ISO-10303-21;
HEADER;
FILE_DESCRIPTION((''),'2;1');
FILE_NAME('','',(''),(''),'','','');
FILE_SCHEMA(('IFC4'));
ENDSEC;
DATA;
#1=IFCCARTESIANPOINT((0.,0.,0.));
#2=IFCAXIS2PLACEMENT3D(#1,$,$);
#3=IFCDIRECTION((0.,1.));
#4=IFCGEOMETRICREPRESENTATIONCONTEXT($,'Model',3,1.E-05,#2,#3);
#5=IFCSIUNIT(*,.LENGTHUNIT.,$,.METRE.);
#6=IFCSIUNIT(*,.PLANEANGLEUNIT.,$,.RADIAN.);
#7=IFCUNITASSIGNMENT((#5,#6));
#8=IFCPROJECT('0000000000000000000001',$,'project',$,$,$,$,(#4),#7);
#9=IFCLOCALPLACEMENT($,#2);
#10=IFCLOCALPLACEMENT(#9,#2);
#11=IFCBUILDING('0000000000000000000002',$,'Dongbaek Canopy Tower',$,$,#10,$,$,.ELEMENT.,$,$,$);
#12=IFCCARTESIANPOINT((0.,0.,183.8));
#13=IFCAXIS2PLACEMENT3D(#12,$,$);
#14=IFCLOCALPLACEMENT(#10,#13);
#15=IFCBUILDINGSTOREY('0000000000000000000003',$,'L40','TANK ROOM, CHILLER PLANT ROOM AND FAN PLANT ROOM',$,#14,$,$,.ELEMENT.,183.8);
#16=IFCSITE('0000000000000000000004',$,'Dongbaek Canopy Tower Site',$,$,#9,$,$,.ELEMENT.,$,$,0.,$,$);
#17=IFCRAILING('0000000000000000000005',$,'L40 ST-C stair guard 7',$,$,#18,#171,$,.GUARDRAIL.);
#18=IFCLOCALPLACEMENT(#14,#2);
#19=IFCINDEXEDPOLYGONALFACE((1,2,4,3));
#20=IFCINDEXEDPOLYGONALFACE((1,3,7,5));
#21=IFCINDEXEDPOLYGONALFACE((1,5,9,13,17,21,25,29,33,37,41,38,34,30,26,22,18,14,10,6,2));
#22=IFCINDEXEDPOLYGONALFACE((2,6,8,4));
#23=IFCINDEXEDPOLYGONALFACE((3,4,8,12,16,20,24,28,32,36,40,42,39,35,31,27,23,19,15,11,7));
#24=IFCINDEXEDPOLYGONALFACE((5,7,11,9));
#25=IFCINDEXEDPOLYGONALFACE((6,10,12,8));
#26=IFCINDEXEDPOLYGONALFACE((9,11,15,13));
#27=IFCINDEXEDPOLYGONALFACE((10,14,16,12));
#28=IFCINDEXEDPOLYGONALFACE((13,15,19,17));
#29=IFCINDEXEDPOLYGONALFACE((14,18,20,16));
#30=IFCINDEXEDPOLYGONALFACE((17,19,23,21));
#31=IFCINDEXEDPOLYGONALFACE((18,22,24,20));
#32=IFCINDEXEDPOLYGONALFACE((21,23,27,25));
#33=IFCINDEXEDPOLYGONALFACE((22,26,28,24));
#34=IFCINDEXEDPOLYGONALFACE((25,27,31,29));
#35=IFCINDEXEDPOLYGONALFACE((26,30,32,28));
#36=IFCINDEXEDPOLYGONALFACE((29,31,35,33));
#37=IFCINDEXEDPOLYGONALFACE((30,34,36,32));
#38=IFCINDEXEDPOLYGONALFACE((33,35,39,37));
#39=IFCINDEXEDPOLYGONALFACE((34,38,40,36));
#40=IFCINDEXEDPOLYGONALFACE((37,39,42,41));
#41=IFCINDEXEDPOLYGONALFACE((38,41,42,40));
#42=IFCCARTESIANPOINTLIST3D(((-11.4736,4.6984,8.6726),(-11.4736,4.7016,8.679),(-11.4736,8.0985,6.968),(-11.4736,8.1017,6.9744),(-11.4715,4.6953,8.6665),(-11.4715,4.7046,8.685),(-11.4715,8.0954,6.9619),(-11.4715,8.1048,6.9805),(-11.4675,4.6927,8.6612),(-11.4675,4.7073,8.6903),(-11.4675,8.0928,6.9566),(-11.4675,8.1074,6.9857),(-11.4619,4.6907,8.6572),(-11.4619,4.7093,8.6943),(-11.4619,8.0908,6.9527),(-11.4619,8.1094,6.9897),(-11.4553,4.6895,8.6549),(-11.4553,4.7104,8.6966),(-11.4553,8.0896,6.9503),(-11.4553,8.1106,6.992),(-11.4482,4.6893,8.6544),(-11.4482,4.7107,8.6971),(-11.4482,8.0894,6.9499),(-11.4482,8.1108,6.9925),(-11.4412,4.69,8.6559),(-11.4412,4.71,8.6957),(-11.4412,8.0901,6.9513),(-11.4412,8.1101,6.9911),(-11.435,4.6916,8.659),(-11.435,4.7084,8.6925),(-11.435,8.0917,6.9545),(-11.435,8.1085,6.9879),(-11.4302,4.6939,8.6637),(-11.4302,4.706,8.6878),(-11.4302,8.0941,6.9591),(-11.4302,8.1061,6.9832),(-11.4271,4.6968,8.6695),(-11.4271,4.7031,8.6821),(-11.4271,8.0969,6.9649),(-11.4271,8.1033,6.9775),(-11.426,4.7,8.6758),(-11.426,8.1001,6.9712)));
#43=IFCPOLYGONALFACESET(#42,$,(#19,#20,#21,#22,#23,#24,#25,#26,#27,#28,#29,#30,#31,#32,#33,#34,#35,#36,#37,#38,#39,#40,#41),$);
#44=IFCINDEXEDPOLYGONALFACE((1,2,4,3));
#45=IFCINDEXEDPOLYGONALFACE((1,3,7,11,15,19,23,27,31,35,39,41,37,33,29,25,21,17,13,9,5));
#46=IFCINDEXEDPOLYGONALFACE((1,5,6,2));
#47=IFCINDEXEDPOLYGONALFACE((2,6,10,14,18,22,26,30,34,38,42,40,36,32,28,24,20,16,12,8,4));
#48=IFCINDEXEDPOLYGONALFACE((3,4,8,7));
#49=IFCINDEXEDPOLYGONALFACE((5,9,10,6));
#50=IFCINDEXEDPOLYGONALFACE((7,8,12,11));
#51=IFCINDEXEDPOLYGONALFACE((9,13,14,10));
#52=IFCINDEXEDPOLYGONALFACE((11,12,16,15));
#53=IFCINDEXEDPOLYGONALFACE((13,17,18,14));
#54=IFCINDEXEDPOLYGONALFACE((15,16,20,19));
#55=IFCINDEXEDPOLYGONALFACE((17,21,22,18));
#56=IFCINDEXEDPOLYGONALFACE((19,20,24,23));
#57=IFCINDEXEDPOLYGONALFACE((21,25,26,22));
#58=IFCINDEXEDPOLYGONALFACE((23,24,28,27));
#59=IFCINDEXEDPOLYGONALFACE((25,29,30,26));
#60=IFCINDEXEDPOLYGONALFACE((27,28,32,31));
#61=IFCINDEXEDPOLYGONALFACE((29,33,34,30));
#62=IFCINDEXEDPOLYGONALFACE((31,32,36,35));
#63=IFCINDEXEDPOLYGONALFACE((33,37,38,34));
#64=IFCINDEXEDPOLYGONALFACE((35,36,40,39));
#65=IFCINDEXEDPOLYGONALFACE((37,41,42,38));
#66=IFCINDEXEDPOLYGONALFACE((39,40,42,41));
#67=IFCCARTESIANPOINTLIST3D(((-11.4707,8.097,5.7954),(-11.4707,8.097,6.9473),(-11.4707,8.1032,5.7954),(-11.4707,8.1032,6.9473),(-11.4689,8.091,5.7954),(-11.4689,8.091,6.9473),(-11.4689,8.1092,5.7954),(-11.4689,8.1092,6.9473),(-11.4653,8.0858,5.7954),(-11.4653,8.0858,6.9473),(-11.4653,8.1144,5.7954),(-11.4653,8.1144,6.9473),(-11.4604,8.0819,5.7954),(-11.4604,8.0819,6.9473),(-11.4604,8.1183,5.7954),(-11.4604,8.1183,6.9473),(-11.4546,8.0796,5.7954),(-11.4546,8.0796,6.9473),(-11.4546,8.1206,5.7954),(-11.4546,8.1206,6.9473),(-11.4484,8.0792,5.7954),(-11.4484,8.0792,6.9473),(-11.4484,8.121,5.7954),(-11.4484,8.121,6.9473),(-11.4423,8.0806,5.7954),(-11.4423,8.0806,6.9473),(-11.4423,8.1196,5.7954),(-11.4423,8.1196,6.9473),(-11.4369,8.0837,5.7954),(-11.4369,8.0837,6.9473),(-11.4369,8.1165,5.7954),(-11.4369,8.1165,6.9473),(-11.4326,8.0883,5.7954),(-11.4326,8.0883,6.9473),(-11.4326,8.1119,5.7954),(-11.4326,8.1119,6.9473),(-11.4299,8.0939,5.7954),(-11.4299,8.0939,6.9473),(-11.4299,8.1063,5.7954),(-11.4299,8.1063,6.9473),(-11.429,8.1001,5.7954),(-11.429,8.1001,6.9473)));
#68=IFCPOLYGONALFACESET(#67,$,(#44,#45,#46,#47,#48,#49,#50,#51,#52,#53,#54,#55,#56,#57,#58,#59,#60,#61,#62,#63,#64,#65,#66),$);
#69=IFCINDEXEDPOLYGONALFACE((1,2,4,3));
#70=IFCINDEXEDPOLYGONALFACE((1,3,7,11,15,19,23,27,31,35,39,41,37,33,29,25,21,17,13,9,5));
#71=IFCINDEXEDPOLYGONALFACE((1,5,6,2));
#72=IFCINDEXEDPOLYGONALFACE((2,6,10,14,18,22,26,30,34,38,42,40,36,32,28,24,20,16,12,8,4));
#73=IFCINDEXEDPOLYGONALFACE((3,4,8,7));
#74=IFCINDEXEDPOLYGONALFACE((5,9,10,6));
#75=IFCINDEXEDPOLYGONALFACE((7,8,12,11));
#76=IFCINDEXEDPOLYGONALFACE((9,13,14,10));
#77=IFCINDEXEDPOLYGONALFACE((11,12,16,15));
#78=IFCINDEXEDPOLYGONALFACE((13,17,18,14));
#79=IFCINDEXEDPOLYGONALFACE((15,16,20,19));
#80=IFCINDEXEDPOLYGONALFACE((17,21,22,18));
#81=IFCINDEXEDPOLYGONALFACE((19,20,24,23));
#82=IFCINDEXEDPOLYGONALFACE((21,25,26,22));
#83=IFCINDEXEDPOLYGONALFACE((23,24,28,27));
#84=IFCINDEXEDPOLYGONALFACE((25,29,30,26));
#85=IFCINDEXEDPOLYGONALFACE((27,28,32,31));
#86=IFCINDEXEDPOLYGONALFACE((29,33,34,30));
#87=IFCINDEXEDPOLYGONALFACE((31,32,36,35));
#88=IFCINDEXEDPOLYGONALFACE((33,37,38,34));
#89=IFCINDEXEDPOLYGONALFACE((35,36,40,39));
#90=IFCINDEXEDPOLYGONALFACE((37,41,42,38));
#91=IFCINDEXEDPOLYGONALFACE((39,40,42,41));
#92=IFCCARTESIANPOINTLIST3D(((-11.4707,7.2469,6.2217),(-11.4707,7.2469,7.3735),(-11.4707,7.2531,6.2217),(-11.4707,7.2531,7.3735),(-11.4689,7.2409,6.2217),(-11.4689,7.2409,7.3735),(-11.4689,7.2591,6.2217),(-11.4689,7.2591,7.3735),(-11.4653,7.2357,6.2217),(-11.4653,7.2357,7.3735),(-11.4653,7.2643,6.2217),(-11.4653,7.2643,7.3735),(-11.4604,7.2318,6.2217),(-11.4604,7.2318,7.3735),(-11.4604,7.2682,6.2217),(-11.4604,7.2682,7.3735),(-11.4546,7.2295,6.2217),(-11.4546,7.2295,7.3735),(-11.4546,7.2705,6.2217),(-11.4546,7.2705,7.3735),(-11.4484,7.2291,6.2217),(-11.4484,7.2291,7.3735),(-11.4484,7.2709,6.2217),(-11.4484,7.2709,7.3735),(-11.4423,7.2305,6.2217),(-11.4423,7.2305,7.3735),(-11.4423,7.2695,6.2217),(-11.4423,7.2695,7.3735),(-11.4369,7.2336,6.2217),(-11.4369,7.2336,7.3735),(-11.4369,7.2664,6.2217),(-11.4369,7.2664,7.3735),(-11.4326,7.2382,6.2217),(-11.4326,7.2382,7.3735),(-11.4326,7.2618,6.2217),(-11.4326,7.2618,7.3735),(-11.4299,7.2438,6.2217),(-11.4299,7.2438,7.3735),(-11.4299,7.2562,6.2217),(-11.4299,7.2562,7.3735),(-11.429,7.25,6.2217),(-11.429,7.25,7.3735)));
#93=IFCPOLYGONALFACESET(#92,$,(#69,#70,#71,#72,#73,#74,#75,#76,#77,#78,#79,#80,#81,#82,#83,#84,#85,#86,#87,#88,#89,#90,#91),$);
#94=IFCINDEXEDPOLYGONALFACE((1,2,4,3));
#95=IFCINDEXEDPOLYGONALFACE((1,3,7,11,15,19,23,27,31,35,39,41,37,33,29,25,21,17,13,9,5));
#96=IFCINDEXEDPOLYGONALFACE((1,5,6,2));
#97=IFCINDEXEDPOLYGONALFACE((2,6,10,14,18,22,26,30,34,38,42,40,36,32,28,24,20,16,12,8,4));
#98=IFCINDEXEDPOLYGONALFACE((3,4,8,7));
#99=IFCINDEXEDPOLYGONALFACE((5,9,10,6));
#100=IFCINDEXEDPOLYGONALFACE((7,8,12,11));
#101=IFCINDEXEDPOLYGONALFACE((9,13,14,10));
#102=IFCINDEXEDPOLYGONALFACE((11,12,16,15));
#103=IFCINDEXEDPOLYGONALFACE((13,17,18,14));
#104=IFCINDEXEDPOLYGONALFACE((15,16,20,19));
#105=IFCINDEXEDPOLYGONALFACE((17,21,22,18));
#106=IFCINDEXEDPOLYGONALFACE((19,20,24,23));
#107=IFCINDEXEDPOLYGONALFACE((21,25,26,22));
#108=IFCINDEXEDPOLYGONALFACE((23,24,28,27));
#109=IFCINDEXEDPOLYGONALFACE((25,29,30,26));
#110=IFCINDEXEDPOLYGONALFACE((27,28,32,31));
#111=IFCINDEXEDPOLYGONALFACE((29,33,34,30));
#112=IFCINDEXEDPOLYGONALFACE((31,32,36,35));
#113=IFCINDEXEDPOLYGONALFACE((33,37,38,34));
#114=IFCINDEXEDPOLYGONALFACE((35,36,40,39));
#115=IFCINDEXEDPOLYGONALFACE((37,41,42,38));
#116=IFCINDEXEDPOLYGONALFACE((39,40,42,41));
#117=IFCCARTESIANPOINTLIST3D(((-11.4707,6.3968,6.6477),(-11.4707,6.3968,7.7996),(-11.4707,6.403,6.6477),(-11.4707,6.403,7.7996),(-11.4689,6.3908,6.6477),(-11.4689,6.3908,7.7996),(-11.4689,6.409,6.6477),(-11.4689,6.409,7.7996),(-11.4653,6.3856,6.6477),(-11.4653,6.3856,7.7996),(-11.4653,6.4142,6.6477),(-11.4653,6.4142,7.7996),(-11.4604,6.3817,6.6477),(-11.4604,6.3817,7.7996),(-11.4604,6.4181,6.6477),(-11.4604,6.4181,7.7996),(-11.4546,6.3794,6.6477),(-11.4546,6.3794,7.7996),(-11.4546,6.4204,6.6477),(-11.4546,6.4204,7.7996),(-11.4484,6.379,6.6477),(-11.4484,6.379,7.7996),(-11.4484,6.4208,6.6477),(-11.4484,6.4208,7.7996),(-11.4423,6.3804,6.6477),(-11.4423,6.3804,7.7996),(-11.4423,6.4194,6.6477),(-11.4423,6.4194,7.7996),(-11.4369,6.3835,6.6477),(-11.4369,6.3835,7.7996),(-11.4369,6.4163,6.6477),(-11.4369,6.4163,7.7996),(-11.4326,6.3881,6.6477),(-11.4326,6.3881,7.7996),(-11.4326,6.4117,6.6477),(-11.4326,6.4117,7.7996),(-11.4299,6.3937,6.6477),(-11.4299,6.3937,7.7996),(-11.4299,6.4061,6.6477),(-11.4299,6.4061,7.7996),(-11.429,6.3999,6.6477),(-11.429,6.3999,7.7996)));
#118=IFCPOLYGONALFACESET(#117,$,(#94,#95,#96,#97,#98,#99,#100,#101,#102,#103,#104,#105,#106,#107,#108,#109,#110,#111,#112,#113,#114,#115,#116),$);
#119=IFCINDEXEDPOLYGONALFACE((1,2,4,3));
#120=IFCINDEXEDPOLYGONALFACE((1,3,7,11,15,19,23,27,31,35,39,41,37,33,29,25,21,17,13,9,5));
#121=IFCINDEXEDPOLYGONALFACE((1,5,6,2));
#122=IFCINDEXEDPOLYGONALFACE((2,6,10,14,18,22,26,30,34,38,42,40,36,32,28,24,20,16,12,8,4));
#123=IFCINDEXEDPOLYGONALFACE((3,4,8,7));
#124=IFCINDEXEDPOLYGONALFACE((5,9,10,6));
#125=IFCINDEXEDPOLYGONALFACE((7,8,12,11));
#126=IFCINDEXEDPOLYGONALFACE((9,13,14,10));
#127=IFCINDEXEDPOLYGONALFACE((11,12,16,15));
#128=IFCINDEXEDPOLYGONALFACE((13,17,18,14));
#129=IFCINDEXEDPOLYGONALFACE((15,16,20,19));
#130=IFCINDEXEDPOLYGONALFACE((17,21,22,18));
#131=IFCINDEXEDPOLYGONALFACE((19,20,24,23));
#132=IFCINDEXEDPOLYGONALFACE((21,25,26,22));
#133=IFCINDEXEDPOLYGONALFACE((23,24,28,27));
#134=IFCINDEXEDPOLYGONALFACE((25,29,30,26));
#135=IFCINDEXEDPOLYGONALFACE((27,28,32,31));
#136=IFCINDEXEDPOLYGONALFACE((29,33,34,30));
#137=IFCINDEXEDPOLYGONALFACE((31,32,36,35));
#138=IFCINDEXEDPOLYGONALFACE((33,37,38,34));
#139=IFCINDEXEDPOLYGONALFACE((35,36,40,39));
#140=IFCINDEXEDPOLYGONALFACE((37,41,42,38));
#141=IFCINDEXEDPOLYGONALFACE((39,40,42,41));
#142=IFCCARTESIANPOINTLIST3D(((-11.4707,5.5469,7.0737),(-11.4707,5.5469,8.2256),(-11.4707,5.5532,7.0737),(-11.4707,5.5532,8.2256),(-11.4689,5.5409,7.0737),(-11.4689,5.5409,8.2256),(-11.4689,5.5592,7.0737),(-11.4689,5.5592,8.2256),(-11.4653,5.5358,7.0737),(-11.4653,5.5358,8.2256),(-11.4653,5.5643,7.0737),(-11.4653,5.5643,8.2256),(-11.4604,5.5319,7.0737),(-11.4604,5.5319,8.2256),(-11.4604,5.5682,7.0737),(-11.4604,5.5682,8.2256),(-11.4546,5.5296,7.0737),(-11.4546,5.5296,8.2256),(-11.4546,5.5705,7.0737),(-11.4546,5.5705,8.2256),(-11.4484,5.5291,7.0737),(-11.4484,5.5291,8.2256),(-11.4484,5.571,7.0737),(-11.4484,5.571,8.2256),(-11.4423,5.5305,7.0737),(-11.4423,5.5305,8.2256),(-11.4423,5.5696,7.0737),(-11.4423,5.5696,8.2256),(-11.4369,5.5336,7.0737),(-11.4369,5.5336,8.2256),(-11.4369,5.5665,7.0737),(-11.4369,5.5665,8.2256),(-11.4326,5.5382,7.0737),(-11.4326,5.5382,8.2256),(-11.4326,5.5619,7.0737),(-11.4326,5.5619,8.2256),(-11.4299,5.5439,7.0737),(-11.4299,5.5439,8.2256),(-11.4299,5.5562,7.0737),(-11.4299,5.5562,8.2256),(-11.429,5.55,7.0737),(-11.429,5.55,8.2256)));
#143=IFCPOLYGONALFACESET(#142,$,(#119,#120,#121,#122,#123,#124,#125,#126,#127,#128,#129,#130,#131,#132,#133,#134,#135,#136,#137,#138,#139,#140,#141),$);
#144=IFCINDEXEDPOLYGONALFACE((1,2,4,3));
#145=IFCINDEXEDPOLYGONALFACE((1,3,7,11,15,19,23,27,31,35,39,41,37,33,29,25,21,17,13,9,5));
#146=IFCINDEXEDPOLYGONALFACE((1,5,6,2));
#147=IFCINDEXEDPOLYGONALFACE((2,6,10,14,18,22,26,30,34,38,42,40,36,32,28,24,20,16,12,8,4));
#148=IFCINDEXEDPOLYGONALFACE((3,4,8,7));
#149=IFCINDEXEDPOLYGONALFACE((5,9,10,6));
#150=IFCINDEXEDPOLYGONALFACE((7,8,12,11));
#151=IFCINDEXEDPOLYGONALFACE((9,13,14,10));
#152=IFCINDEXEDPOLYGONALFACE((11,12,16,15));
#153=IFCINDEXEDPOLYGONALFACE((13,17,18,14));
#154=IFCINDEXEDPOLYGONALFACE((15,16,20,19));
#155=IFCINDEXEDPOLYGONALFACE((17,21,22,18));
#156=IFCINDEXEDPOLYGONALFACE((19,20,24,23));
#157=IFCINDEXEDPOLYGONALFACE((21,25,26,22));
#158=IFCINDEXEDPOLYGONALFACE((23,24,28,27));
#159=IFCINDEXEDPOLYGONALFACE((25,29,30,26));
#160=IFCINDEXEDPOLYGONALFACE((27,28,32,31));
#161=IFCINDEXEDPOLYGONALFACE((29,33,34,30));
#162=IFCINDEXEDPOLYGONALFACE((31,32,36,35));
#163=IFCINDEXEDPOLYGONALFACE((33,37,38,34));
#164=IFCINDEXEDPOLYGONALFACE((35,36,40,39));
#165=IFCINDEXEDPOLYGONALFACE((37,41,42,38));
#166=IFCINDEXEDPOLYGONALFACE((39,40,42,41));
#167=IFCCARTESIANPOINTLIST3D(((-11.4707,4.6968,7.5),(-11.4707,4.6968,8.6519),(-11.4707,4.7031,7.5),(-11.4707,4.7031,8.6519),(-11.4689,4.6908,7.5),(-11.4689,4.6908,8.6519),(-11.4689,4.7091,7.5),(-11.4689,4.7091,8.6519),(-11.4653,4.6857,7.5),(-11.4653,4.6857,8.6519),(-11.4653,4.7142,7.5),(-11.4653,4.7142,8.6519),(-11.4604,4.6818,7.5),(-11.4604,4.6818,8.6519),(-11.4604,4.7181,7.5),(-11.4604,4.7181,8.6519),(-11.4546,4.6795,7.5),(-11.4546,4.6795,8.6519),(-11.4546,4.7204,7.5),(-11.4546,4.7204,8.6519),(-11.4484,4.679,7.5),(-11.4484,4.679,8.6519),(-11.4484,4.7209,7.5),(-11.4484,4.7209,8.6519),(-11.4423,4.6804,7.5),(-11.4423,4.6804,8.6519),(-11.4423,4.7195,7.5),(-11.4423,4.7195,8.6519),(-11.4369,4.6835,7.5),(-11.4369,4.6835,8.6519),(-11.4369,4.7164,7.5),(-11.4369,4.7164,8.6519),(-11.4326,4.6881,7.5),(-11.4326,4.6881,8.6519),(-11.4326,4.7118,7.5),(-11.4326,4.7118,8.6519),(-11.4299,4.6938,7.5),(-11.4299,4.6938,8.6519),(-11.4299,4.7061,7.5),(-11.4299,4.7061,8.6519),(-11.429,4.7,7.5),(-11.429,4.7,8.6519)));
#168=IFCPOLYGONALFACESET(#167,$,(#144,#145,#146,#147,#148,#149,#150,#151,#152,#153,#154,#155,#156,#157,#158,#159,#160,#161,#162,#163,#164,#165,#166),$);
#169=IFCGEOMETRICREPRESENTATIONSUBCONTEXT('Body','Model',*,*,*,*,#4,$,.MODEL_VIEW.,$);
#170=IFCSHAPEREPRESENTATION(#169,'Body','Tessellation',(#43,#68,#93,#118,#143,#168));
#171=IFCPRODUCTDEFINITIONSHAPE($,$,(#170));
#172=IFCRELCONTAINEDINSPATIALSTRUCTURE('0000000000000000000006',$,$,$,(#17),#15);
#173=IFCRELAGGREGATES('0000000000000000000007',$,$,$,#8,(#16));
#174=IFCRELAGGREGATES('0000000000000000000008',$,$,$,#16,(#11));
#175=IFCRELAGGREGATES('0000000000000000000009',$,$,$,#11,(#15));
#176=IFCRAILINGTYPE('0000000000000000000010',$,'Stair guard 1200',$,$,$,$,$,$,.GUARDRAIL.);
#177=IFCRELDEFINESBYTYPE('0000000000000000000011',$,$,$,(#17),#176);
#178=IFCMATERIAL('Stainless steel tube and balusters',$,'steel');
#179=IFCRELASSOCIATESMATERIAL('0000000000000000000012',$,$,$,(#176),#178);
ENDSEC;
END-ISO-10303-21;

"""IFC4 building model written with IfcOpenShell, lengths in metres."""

from ifc_helpers import new_model, si_unit, direction, frame, origin, origin_2d, place, context, subcontext, project, spatial, circle, extrude, material, type_object, element, save


model = new_model("IFC4")

# Units and contexts
model_context = context("Model", 3, precision=1e-05, world=origin(), true_north=direction((0.0, 1.0)))
body_context = subcontext(model_context, "Body", "Model", "MODEL_VIEW")
ifc_project = project(units=[si_unit("LENGTHUNIT", "METRE"), si_unit("PLANEANGLEUNIT", "RADIAN")], contexts=[model_context])

# Site, building, storey
site_placement = place(None, origin())
site = spatial("IfcSite", under=ifc_project, at=site_placement, Name="Dongbaek Canopy Tower Site", CompositionType="ELEMENT", RefElevation=0.0)
building_placement = place(site_placement, origin())
building = spatial("IfcBuilding", under=site, at=building_placement, Name="Dongbaek Canopy Tower", CompositionType="ELEMENT")
storey_placement = place(building_placement, frame((0.0, 0.0, 183.8)))
storey = spatial("IfcBuildingStorey", under=building, at=storey_placement, Name="L40", Description="TANK ROOM, CHILLER PLANT ROOM AND FAN PLANT ROOM", CompositionType="ELEMENT", Elevation=183.8)

# Railing
ifc_material_1 = material(Name="Stainless steel tube and balusters", Category="steel")
railing_type_1 = type_object("IfcRailingType", Name="Stair guard 1200", PredefinedType="GUARDRAIL", material=ifc_material_1)
railing_1_placement = place(storey_placement, frame((-11.45, 8.1001, 5.7954)))
element("IfcRailing", 1, at=railing_1_placement, inside=storey, type_object=railing_type_1, Name="L40 ST-C stair guard 7", PredefinedType="GUARDRAIL", context=body_context, shape_type="SweptSolid", body=[
    extrude(circle(Radius=0.0239, at=origin_2d()), frame((0.0, 0.0, 1.1758), z_axis=(0.0, -0.893952, 0.448163), x_axis=(1.0, 0.0, 0.0)), (0.0, 0.0, 1.0), 3.8035),
    extrude(circle(Radius=0.021, at=origin_2d()), origin(), (0.0, 0.0, 1.0), 1.1519),
    extrude(circle(Radius=0.021, at=origin_2d()), frame((0.0, -0.8501, 0.4263)), (0.0, 0.0, 1.0), 1.1519),
    extrude(circle(Radius=0.021, at=origin_2d()), frame((0.0, -1.7002, 0.8523)), (0.0, 0.0, 1.0), 1.1519),
    extrude(circle(Radius=0.021, at=origin_2d()), frame((0.0, -2.55, 1.2783)), (0.0, 0.0, 1.0), 1.1519),
    extrude(circle(Radius=0.021, at=origin_2d()), frame((0.0, -3.4001, 1.7046)), (0.0, 0.0, 1.0), 1.1519),
])

save(model, "model.ifc")
